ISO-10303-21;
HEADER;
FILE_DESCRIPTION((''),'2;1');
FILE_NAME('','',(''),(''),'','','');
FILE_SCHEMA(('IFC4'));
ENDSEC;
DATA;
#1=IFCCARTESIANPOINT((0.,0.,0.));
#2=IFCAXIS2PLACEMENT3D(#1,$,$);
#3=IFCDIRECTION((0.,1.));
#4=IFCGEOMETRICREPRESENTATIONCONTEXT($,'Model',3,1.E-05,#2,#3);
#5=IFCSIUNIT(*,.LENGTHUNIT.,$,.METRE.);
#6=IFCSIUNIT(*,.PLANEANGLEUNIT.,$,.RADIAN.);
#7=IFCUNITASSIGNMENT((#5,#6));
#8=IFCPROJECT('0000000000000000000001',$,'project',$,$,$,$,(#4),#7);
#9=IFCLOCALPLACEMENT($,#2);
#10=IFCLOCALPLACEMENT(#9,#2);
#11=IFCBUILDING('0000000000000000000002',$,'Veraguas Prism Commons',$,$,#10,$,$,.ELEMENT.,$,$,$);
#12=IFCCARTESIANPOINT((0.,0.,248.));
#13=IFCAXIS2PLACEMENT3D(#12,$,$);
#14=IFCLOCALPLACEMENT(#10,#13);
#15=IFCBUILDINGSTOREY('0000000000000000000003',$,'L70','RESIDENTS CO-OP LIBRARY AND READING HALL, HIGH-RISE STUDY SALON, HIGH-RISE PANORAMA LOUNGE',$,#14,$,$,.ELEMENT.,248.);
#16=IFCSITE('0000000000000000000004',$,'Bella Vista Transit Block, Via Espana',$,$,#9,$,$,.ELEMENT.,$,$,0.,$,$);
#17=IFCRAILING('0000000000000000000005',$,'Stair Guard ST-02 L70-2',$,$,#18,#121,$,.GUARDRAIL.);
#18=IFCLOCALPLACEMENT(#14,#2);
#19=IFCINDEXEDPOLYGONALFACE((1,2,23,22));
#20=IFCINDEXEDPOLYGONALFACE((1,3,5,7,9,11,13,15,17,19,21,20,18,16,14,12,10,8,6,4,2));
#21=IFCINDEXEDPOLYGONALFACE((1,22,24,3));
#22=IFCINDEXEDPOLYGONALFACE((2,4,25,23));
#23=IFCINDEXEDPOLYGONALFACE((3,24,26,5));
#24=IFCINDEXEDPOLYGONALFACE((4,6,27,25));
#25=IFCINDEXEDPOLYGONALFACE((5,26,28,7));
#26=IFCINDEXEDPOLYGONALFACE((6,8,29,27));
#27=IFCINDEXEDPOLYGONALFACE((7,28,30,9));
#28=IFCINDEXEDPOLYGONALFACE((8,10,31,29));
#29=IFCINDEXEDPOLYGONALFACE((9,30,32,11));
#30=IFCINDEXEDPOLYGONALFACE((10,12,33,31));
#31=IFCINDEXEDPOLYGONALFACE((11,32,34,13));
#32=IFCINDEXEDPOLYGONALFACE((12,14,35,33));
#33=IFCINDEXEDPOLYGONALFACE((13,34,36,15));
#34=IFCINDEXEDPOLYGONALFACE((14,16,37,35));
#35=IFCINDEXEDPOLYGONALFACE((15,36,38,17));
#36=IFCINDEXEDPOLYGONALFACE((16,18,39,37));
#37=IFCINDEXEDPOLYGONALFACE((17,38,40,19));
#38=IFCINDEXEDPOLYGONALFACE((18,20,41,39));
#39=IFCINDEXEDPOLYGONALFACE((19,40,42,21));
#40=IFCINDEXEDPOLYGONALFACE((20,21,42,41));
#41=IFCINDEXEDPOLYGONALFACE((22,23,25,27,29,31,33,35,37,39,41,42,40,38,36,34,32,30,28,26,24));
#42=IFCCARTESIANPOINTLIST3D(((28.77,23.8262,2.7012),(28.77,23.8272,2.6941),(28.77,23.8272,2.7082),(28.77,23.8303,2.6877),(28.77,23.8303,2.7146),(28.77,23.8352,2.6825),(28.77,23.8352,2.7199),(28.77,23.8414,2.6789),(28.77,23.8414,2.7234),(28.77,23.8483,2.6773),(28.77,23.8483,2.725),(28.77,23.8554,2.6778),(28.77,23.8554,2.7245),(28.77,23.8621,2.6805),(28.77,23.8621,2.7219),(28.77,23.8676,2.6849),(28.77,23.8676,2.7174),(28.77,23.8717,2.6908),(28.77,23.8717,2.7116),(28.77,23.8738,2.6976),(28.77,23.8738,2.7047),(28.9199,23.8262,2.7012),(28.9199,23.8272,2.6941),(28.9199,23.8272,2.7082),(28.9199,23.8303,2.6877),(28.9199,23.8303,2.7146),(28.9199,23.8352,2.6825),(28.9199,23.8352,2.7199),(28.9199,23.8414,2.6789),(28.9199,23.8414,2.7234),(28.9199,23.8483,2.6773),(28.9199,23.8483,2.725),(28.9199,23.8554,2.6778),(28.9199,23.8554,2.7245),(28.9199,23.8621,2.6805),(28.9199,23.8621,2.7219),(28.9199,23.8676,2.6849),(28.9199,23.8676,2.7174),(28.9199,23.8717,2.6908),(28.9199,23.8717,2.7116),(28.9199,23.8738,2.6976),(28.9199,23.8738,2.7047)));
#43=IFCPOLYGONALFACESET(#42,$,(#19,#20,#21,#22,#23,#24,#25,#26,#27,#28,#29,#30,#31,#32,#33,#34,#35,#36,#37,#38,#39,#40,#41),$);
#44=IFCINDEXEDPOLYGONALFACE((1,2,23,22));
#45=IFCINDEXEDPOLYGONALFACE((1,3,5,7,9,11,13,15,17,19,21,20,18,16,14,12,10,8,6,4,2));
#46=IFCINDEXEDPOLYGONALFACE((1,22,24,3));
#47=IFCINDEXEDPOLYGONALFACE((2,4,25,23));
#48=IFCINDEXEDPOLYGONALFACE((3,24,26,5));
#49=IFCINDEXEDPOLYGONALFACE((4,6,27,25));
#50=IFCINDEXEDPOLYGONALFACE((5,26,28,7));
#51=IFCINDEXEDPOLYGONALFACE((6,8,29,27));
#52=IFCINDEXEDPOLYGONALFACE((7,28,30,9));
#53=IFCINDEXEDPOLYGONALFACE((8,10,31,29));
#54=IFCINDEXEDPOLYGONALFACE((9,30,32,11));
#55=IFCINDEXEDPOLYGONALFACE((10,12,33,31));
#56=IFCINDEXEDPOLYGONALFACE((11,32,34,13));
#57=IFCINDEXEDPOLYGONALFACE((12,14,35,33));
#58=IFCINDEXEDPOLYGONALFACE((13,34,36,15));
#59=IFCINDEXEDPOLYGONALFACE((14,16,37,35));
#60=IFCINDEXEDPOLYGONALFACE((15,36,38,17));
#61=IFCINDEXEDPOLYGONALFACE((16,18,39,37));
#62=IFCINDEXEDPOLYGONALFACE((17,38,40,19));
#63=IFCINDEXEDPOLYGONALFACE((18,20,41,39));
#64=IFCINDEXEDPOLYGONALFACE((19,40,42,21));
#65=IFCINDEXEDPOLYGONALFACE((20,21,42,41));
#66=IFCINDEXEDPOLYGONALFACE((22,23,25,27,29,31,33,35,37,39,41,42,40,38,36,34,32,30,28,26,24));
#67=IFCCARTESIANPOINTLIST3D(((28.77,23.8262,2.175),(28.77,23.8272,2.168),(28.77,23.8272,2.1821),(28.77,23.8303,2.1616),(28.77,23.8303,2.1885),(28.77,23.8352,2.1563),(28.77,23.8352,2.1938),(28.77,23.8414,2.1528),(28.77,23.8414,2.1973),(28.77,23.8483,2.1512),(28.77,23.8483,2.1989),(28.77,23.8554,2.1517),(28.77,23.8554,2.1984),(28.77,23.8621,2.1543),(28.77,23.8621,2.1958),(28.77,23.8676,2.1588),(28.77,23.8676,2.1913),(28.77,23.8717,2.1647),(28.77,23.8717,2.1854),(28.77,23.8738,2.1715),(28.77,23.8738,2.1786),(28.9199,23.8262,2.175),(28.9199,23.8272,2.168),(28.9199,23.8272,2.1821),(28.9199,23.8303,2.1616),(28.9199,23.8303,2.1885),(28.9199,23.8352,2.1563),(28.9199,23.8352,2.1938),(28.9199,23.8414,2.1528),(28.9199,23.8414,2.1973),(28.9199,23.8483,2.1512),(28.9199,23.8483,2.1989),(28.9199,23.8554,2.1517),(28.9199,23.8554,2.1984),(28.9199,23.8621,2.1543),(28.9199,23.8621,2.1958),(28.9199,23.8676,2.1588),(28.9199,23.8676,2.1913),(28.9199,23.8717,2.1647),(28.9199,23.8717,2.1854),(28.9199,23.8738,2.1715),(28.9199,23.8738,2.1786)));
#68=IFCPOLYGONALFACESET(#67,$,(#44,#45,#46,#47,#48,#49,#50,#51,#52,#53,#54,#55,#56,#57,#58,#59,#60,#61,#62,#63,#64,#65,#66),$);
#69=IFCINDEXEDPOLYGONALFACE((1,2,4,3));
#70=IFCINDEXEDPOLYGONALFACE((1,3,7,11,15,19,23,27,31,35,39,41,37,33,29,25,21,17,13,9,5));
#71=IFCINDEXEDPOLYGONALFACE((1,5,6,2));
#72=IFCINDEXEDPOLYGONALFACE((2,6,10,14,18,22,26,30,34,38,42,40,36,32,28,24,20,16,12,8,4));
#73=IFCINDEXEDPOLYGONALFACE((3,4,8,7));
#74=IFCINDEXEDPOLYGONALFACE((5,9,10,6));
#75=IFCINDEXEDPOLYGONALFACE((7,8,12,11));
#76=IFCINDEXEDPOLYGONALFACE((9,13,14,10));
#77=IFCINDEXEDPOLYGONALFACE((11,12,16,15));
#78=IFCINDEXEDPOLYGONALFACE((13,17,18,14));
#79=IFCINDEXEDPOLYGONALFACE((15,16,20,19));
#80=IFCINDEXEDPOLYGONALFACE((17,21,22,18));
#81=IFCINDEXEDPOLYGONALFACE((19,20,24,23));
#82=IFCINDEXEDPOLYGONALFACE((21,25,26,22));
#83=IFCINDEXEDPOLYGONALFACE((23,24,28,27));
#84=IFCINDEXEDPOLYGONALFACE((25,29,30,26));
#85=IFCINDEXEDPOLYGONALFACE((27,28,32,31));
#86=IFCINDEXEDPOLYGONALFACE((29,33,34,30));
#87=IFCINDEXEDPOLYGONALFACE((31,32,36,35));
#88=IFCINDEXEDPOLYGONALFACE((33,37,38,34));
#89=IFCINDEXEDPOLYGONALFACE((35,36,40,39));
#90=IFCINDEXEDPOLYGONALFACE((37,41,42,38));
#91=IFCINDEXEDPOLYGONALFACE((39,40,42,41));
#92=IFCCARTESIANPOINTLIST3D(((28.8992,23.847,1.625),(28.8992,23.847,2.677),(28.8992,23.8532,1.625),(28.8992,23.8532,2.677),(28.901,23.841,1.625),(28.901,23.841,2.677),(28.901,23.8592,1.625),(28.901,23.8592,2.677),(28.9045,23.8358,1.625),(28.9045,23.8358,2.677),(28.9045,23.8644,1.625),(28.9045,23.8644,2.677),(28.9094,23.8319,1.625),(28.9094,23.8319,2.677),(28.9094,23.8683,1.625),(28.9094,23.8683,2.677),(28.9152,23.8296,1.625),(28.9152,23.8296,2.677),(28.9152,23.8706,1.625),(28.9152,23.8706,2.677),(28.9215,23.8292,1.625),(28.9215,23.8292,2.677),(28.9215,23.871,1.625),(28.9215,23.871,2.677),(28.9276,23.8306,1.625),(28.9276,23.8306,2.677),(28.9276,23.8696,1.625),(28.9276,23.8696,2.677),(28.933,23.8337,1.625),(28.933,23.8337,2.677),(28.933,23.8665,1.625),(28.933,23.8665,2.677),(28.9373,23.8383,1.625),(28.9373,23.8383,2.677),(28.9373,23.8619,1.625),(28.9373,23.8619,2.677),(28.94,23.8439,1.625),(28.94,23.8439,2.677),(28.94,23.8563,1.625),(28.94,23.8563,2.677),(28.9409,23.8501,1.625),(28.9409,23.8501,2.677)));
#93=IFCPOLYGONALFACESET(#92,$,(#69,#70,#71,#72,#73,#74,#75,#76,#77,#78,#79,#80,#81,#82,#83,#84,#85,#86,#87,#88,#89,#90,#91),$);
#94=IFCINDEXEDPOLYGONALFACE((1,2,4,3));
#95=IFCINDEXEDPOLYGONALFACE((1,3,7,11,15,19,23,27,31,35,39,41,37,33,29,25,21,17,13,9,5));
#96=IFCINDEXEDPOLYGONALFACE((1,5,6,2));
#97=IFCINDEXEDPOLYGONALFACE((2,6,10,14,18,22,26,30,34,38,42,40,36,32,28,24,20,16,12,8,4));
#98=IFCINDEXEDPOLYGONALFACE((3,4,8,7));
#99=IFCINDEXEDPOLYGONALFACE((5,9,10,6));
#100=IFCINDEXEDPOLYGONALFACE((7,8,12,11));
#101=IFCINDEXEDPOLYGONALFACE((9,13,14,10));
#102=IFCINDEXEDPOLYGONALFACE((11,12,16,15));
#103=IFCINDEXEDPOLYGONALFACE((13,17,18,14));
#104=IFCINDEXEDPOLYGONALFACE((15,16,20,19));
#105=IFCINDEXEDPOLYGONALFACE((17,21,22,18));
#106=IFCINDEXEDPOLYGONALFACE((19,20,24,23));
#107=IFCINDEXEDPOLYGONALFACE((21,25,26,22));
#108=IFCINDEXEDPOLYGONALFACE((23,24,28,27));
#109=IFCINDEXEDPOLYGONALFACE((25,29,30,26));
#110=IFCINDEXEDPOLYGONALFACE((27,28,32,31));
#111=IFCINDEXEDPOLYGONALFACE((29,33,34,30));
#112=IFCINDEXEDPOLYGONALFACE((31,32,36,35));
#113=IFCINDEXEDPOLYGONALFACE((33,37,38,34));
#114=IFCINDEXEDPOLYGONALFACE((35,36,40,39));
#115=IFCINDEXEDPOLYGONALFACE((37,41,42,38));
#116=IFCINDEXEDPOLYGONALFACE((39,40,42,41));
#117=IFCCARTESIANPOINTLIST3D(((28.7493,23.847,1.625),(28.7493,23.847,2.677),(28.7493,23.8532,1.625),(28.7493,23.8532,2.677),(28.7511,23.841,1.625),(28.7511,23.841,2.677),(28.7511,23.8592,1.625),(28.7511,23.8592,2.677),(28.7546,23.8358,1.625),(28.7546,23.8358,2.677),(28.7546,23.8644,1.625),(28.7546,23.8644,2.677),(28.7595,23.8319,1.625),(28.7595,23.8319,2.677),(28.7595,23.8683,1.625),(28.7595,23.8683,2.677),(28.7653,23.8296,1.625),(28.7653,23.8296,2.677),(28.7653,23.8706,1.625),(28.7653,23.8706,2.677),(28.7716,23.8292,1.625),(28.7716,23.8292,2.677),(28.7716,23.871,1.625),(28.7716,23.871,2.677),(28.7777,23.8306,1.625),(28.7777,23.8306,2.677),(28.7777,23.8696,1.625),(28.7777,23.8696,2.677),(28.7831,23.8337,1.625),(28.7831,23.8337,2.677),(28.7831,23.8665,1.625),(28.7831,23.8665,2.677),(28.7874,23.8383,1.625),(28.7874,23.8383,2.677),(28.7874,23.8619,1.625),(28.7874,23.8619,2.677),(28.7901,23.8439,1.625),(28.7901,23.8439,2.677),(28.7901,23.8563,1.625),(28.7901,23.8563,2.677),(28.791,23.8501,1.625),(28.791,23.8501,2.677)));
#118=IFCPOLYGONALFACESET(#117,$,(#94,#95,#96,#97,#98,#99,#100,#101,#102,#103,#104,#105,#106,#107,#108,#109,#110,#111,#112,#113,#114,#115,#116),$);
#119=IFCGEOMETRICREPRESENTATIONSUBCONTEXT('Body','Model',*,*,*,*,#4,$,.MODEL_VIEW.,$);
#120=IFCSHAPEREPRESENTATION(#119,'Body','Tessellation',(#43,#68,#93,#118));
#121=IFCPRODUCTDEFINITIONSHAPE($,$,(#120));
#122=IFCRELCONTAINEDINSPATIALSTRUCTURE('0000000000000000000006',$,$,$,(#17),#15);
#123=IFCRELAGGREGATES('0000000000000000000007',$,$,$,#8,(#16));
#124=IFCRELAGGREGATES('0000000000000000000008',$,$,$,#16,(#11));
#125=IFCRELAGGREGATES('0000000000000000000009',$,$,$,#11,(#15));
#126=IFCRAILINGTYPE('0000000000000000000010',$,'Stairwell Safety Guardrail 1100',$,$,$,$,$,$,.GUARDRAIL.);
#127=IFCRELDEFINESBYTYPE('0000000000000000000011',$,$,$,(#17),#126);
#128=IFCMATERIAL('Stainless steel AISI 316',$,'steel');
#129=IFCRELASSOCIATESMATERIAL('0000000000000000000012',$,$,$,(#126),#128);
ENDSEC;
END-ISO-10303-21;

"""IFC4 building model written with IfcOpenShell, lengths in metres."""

from ifc_helpers import new_model, si_unit, direction, frame, origin, origin_2d, place, context, subcontext, project, spatial, circle, extrude, material, type_object, element, save


model = new_model("IFC4")

# Units and contexts
model_context = context("Model", 3, precision=1e-05, world=origin(), true_north=direction((0.0, 1.0)))
body_context = subcontext(model_context, "Body", "Model", "MODEL_VIEW")
ifc_project = project(units=[si_unit("LENGTHUNIT", "METRE"), si_unit("PLANEANGLEUNIT", "RADIAN")], contexts=[model_context])

# Site, building, storey
site_placement = place(None, origin())
site = spatial("IfcSite", under=ifc_project, at=site_placement, Name="Bella Vista Transit Block, Via Espana", CompositionType="ELEMENT", RefElevation=0.0)
building_placement = place(site_placement, origin())
building = spatial("IfcBuilding", under=site, at=building_placement, Name="Veraguas Prism Commons", CompositionType="ELEMENT")
storey_placement = place(building_placement, frame((0.0, 0.0, 248.0)))
storey = spatial("IfcBuildingStorey", under=building, at=storey_placement, Name="L70", Description="RESIDENTS CO-OP LIBRARY AND READING HALL, HIGH-RISE STUDY SALON, HIGH-RISE PANORAMA LOUNGE", CompositionType="ELEMENT", Elevation=248.0)

# Railing
ifc_material_1 = material(Name="Stainless steel AISI 316", Category="steel")
railing_type_1 = type_object("IfcRailingType", Name="Stairwell Safety Guardrail 1100", PredefinedType="GUARDRAIL", material=ifc_material_1)
railing_1_placement = place(storey_placement, frame((28.9199, 23.8501, 1.625)))
element("IfcRailing", 1, at=railing_1_placement, inside=storey, type_object=railing_type_1, Name="Stair Guard ST-02 L70-2", PredefinedType="GUARDRAIL", context=body_context, shape_type="SweptSolid", body=[
    extrude(circle(Radius=0.0239, at=origin_2d()), frame((0.0, 0.0, 1.0762), z_axis=(-1.0, 0.0, 0.0), x_axis=(0.0, -1.0, 0.0)), (0.0, 0.0, 1.0), 0.1499),
    extrude(circle(Radius=0.0239, at=origin_2d()), frame((0.0, 0.0, 0.55), z_axis=(-1.0, 0.0, 0.0), x_axis=(0.0, -1.0, 0.0)), (0.0, 0.0, 1.0), 0.1499),
    extrude(circle(Radius=0.021, at=origin_2d()), origin(), (0.0, 0.0, 1.0), 1.052),
    extrude(circle(Radius=0.021, at=origin_2d()), frame((-0.1499, 0.0, 0.0)), (0.0, 0.0, 1.0), 1.052),
])

save(model, "model.ifc")
